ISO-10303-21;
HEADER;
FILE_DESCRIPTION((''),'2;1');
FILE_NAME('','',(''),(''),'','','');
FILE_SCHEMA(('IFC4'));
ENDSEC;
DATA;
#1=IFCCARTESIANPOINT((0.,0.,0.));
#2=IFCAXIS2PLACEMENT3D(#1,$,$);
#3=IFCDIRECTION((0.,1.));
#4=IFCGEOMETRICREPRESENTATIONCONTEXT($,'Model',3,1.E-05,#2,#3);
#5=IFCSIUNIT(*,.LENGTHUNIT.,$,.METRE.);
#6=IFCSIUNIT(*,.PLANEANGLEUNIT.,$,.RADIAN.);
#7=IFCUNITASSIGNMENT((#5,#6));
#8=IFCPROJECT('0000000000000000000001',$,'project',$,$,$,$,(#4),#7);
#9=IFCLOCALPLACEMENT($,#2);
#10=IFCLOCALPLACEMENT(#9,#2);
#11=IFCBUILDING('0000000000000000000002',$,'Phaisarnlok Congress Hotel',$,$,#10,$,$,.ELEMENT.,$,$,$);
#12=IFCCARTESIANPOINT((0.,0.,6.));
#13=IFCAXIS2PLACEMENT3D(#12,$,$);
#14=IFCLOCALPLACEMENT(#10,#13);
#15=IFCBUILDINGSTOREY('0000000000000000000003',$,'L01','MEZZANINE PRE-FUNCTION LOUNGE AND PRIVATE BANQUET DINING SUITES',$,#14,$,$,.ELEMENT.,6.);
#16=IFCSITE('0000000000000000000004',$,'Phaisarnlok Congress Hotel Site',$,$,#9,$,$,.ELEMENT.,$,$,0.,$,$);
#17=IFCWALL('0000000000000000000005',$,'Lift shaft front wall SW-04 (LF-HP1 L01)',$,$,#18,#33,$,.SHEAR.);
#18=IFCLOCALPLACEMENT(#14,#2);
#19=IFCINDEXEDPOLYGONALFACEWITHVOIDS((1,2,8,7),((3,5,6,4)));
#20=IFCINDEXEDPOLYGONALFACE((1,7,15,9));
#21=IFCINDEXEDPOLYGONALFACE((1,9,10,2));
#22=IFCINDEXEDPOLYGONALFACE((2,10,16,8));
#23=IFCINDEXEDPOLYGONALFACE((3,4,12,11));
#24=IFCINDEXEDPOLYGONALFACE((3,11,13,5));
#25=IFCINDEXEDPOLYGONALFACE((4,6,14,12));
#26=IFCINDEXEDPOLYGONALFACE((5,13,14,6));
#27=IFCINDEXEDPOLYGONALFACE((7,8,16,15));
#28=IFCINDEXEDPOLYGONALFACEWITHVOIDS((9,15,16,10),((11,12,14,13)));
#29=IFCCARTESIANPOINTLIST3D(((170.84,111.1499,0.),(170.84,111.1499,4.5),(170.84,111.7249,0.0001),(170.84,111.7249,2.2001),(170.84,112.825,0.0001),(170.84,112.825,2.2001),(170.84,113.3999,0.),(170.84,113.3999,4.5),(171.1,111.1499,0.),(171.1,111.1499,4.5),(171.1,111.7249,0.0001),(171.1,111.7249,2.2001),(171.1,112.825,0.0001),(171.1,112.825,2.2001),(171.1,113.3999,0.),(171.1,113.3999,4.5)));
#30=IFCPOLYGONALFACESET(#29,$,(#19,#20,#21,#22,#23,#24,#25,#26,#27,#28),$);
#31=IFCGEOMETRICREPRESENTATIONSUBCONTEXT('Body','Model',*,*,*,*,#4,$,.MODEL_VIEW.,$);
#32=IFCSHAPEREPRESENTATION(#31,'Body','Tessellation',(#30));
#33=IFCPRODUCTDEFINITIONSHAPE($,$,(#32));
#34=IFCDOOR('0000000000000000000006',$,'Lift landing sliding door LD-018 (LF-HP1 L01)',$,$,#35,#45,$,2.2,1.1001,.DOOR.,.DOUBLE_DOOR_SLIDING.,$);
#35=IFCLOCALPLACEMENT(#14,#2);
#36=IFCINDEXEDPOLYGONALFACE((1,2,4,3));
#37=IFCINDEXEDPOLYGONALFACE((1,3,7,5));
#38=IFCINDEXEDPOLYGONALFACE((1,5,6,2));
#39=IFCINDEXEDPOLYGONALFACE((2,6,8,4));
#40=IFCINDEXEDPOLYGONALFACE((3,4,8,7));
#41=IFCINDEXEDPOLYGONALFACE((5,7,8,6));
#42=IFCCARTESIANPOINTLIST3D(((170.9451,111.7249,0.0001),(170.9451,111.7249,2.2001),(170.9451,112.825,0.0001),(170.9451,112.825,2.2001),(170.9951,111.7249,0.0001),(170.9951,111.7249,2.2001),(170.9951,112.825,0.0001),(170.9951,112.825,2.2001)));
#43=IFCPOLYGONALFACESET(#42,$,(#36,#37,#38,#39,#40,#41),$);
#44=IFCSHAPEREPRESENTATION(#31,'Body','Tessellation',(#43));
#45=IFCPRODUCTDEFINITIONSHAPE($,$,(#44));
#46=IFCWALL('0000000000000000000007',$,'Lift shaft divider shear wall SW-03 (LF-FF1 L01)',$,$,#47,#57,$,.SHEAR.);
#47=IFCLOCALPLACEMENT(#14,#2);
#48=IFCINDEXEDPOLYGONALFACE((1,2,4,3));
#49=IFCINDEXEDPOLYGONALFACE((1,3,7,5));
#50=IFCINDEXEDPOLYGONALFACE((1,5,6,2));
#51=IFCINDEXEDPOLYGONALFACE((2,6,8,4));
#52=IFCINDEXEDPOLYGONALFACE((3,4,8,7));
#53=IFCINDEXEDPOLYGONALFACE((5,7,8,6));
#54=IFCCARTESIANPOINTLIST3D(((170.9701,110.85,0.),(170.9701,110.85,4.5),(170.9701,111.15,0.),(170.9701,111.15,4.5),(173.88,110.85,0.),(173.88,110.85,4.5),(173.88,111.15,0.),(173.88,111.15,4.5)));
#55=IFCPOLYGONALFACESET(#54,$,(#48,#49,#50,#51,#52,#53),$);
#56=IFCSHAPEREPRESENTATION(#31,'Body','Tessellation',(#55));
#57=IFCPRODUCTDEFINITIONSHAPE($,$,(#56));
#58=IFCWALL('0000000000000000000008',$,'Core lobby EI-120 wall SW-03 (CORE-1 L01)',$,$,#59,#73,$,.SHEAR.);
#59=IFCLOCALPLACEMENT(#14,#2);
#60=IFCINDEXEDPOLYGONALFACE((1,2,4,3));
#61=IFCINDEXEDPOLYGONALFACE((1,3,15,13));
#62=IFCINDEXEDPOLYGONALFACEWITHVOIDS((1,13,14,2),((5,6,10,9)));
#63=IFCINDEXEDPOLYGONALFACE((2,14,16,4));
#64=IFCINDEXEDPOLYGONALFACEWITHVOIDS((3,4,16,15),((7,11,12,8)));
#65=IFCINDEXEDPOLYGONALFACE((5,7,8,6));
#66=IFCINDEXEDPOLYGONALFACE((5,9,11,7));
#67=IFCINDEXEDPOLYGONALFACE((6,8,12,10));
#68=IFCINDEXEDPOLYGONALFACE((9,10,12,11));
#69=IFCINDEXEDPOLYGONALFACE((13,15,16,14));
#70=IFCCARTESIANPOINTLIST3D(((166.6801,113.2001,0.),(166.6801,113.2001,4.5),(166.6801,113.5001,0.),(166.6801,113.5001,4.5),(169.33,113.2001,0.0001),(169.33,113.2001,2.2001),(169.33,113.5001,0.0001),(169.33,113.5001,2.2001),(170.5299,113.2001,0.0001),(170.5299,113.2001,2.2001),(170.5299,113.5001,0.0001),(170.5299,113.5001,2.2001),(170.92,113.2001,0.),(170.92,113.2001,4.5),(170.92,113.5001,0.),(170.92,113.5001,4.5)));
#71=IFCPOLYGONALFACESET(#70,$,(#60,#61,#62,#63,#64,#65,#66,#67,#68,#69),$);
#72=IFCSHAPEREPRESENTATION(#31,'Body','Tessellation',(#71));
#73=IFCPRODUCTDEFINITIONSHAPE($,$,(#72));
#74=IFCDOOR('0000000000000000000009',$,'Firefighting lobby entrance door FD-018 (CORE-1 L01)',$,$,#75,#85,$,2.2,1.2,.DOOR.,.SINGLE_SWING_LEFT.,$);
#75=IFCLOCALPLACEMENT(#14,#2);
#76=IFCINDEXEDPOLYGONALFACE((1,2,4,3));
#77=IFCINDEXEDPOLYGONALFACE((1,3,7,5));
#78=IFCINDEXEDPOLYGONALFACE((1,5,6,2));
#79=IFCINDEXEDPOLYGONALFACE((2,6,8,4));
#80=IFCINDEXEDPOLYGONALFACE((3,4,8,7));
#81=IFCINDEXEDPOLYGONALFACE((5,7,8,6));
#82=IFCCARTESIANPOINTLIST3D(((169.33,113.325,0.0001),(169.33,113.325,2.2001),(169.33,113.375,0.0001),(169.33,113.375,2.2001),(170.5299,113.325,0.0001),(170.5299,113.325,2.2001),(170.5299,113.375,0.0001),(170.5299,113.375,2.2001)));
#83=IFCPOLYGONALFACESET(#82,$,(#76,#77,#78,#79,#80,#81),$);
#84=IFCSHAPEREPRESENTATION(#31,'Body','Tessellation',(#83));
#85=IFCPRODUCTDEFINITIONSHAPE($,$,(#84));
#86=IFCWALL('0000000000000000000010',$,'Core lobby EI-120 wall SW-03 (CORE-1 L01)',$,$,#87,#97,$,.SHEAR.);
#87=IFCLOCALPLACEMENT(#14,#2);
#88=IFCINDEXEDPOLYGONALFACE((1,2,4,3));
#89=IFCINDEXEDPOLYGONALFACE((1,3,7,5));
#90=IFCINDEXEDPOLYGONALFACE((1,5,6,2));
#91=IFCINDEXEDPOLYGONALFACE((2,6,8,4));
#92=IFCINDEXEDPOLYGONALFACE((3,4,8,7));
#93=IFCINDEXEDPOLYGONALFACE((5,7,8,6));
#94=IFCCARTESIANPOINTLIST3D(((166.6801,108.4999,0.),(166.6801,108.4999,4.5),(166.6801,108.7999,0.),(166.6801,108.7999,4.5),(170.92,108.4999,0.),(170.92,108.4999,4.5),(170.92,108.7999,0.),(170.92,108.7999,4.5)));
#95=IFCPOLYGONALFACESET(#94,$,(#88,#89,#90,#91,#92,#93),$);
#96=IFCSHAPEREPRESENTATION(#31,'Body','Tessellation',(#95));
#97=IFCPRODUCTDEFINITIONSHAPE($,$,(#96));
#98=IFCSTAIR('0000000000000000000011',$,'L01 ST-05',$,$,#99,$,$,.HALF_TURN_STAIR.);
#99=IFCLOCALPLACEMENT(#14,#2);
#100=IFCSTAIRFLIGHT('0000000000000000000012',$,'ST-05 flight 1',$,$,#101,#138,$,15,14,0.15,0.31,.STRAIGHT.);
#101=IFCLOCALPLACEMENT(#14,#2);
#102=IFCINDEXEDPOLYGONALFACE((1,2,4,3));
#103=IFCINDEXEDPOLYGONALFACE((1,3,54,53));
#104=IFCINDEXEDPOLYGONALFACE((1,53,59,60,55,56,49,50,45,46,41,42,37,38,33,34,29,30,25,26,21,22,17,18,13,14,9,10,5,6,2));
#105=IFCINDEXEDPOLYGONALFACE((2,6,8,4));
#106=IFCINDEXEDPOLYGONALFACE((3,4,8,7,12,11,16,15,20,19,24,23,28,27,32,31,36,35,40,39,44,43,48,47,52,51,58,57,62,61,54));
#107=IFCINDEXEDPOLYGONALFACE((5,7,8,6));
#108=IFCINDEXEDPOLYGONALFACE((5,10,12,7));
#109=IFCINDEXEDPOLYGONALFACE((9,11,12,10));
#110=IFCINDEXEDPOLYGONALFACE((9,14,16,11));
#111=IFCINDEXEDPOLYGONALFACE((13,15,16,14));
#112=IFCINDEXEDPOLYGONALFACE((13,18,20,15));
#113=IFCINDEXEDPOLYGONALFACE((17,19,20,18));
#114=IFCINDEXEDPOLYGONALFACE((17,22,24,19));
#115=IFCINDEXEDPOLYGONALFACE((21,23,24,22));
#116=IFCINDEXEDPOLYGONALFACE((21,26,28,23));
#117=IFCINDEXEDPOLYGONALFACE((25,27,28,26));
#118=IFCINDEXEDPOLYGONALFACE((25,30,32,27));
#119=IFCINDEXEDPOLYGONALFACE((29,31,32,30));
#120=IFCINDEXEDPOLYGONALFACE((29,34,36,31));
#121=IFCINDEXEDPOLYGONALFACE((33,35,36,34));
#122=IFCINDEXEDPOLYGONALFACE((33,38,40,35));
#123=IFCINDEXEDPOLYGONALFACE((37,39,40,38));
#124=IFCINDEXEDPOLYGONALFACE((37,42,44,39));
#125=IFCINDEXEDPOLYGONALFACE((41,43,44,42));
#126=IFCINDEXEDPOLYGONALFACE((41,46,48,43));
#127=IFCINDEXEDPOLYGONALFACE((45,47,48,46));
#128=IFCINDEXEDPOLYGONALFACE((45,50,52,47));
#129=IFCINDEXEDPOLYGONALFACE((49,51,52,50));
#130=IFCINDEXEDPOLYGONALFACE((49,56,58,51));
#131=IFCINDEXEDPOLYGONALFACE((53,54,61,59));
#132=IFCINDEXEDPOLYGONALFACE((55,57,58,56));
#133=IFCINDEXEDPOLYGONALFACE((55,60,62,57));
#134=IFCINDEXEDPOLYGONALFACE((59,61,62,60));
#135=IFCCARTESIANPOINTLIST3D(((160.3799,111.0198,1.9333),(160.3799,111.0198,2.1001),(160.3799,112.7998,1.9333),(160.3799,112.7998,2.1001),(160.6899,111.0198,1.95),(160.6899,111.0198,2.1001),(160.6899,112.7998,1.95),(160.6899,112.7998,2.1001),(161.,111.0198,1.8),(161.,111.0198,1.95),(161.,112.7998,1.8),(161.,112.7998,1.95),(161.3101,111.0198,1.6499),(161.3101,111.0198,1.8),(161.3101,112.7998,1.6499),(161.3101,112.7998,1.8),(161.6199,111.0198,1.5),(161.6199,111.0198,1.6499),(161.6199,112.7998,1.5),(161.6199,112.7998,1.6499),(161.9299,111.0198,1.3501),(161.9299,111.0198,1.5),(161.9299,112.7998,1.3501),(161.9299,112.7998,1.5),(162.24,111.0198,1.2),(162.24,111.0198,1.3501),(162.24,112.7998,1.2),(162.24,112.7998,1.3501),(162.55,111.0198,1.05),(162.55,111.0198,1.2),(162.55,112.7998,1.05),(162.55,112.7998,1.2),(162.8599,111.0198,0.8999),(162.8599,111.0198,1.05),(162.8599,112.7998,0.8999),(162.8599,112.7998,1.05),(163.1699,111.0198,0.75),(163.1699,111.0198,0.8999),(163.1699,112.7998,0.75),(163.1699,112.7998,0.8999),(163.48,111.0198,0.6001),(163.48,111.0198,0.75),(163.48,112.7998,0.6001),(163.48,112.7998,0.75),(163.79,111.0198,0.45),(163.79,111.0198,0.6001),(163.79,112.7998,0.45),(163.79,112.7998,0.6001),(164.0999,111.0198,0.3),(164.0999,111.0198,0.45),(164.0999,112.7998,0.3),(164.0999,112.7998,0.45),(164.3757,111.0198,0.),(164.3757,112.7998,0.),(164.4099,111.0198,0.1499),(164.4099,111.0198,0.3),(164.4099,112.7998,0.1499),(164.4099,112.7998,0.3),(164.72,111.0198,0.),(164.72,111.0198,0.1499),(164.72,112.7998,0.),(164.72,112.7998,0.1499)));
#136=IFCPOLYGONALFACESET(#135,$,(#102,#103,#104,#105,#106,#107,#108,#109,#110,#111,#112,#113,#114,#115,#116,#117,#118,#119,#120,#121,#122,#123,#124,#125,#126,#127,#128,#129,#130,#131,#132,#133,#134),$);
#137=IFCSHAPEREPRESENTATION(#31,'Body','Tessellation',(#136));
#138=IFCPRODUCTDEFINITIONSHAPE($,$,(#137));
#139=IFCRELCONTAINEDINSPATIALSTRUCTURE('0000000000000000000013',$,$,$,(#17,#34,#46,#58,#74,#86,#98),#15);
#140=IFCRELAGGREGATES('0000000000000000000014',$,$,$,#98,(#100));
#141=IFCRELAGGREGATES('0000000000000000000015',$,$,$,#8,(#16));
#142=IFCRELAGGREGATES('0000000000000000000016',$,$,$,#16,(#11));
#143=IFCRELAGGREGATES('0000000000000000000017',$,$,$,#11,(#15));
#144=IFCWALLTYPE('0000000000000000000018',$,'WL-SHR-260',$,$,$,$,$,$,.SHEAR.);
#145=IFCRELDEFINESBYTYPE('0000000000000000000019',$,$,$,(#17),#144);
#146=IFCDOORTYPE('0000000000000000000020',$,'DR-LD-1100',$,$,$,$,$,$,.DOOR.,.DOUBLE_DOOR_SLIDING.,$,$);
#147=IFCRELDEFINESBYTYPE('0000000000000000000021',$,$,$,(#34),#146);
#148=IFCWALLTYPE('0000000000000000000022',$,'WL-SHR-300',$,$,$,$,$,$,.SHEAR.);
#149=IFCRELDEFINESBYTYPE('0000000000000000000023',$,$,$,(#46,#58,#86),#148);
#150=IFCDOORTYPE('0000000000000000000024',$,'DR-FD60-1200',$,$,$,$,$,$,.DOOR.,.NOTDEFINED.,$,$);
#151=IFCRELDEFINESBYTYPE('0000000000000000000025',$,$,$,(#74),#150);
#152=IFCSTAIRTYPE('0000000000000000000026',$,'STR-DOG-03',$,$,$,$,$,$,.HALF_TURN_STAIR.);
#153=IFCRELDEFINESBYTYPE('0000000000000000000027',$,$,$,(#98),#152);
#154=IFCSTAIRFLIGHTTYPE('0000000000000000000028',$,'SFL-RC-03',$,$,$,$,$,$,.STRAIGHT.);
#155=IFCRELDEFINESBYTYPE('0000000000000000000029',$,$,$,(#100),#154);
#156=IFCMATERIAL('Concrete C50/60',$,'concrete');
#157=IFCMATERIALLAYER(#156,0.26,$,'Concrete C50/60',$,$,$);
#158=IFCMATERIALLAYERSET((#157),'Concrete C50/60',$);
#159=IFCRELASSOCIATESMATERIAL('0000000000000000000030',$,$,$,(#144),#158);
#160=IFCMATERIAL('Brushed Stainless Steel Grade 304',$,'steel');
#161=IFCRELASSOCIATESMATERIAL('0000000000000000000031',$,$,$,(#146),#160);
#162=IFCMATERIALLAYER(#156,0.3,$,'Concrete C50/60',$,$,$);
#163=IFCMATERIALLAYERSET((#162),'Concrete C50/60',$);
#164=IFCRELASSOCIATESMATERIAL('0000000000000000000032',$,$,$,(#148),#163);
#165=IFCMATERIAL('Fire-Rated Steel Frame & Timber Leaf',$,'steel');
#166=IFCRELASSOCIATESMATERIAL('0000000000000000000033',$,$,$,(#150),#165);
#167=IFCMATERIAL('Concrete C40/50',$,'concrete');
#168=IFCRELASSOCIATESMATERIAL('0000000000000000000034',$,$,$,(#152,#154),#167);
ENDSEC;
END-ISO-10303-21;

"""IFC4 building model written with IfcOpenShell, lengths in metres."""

from ifc_helpers import new_model, si_unit, direction, frame, frame_2d, origin, place, context, subcontext, project, spatial, polyline, rectangle, outline, extrude, material, layer, layer_set, type_object, element, fill, aggregate, save


model = new_model("IFC4")

# Units and contexts
model_context = context("Model", 3, precision=1e-05, world=origin(), true_north=direction((0.0, 1.0)))
body_context = subcontext(model_context, "Body", "Model", "MODEL_VIEW")
ifc_project = project(units=[si_unit("LENGTHUNIT", "METRE"), si_unit("PLANEANGLEUNIT", "RADIAN")], contexts=[model_context])

# Site, building, storey
site_placement = place(None, origin())
site = spatial("IfcSite", under=ifc_project, at=site_placement, Name="Phaisarnlok Congress Hotel Site", CompositionType="ELEMENT", RefElevation=0.0)
building_placement = place(site_placement, origin())
building = spatial("IfcBuilding", under=site, at=building_placement, Name="Phaisarnlok Congress Hotel", CompositionType="ELEMENT")
storey_placement = place(building_placement, frame((0.0, 0.0, 6.0)))
storey = spatial("IfcBuildingStorey", under=building, at=storey_placement, Name="L01", Description="MEZZANINE PRE-FUNCTION LOUNGE AND PRIVATE BANQUET DINING SUITES", CompositionType="ELEMENT", Elevation=6.0)

# Shared definitions
ifc_material_1 = material(Name="Concrete C50/60", Category="concrete")

# Shared definitions
ifc_material_2 = material(Name="Concrete C40/50", Category="concrete")

# Shared definitions
ifc_layer_1 = layer(ifc_material_1, 0.26, Name="Concrete C50/60")
ifc_layer_set_1 = layer_set([ifc_layer_1], Name="Concrete C50/60")
wall_type_1 = type_object("IfcWallType", Name="WL-SHR-260", PredefinedType="SHEAR", material=ifc_layer_set_1)
ifc_material_3 = material(Name="Fire-Rated Steel Frame & Timber Leaf", Category="steel")

# Shared definitions
ifc_material_4 = material(Name="Brushed Stainless Steel Grade 304", Category="steel")
door_type_1 = type_object("IfcDoorType", Name="DR-LD-1100", OperationType="DOUBLE_DOOR_SLIDING", PredefinedType="DOOR", material=ifc_material_4)

# Wall, opening, door
wall_1_placement = place(storey_placement, frame((170.97, 111.1499, 0.0), z_axis=(0.0, 0.0, 1.0), x_axis=(0.0, 1.0, 0.0)))
wall_1 = element("IfcWall", 1, at=wall_1_placement, inside=storey, type_object=wall_type_1, Name="Lift shaft front wall SW-04 (LF-HP1 L01)", PredefinedType="SHEAR", context=body_context, shape_type="SweptSolid", body=[
    extrude(rectangle(XDim=2.25, YDim=0.26, at=frame_2d((1.125, 0.0))), origin(), (0.0, 0.0, 1.0), 4.5),
])
opening_1_placement = place(wall_1_placement, frame((0.575, 0.0, 0.0)))
opening_1 = element("IfcOpeningElement", 2, at=opening_1_placement, cuts=wall_1, PredefinedType="OPENING", context=body_context, shape_type="SweptSolid", body=[
    extrude(rectangle(XDim=1.1001, YDim=2.2, at=frame_2d((0.55, 1.1001))), frame((0.0, 0.1401, 0.0), z_axis=(0.0, -1.0, 0.0), x_axis=(1.0, 0.0, 0.0)), (0.0, 0.0, 1.0), 0.28),
])
door_1_placement = place(opening_1_placement, origin())
door_1 = element("IfcDoor", 3, at=door_1_placement, inside=storey, type_object=door_type_1, Name="Lift landing sliding door LD-018 (LF-HP1 L01)", OperationType="DOUBLE_DOOR_SLIDING", OverallHeight=2.2, OverallWidth=1.1001, PredefinedType="DOOR", context=body_context, shape_type="SweptSolid", body=[
    extrude(rectangle(XDim=1.1001, YDim=2.2, at=frame_2d((0.55, 1.1001))), frame((0.0, 0.0249, 0.0), z_axis=(0.0, -1.0, 0.0), x_axis=(1.0, 0.0, 0.0)), (0.0, 0.0, 1.0), 0.05),
])
fill(opening_1, door_1)

# Wall
ifc_layer_2 = layer(ifc_material_1, 0.3, Name="Concrete C50/60")
ifc_layer_set_2 = layer_set([ifc_layer_2], Name="Concrete C50/60")
wall_type_2 = type_object("IfcWallType", Name="WL-SHR-300", PredefinedType="SHEAR", material=ifc_layer_set_2)
wall_2_placement = place(storey_placement, frame((170.97, 111.0, 0.0), z_axis=(0.0, 0.0, 1.0), x_axis=(1.0, 0.0, 0.0)))
element("IfcWall", 4, at=wall_2_placement, inside=storey, type_object=wall_type_2, Name="Lift shaft divider shear wall SW-03 (LF-FF1 L01)", PredefinedType="SHEAR", context=body_context, shape_type="SweptSolid", body=[
    extrude(rectangle(XDim=2.9099, YDim=0.3, at=frame_2d((1.4551, 0.0))), origin(), (0.0, 0.0, 1.0), 4.5),
])

# Wall, opening, door
wall_3_placement = place(storey_placement, frame((166.6799, 113.3501, 0.0), z_axis=(0.0, 0.0, 1.0), x_axis=(1.0, 0.0, 0.0)))
wall_3 = element("IfcWall", 5, at=wall_3_placement, inside=storey, type_object=wall_type_2, Name="Core lobby EI-120 wall SW-03 (CORE-1 L01)", PredefinedType="SHEAR", context=body_context, shape_type="SweptSolid", body=[
    extrude(rectangle(XDim=4.24, YDim=0.3, at=frame_2d((2.1201, 0.0))), origin(), (0.0, 0.0, 1.0), 4.5),
])
opening_2_placement = place(wall_3_placement, frame((2.6499, 0.0, 0.0)))
opening_2 = element("IfcOpeningElement", 6, at=opening_2_placement, cuts=wall_3, PredefinedType="OPENING", context=body_context, shape_type="SweptSolid", body=[
    extrude(rectangle(XDim=1.2, YDim=2.2, at=frame_2d((0.6001, 1.1001))), frame((0.0, 0.1602, 0.0), z_axis=(0.0, -1.0, 0.0), x_axis=(1.0, 0.0, 0.0)), (0.0, 0.0, 1.0), 0.3201),
])
door_type_2 = type_object("IfcDoorType", Name="DR-FD60-1200", OperationType="NOTDEFINED", PredefinedType="DOOR", material=ifc_material_3)
door_2_placement = place(opening_2_placement, origin())
door_2 = element("IfcDoor", 7, at=door_2_placement, inside=storey, type_object=door_type_2, Name="Firefighting lobby entrance door FD-018 (CORE-1 L01)", OperationType="SINGLE_SWING_LEFT", OverallHeight=2.2, OverallWidth=1.2, PredefinedType="DOOR", context=body_context, shape_type="SweptSolid", body=[
    extrude(rectangle(XDim=1.2, YDim=2.2, at=frame_2d((0.6001, 1.1001))), frame((0.0, 0.0249, 0.0), z_axis=(0.0, -1.0, 0.0), x_axis=(1.0, 0.0, 0.0)), (0.0, 0.0, 1.0), 0.05),
])
fill(opening_2, door_2)

# Wall
wall_4_placement = place(storey_placement, frame((166.6799, 108.6499, 0.0), z_axis=(0.0, 0.0, 1.0), x_axis=(1.0, 0.0, 0.0)))
element("IfcWall", 8, at=wall_4_placement, inside=storey, type_object=wall_type_2, Name="Core lobby EI-120 wall SW-03 (CORE-1 L01)", PredefinedType="SHEAR", context=body_context, shape_type="SweptSolid", body=[
    extrude(rectangle(XDim=4.24, YDim=0.3, at=frame_2d((2.1201, 0.0))), origin(), (0.0, 0.0, 1.0), 4.5),
])

# Stair, stair flight
stair_type = type_object("IfcStairType", Name="STR-DOG-03", PredefinedType="HALF_TURN_STAIR", material=ifc_material_2)
stair_placement = place(storey_placement, origin())
stair = element("IfcStair", 9, at=stair_placement, inside=storey, type_object=stair_type, Name="L01 ST-05", PredefinedType="HALF_TURN_STAIR")
stair_flight_type = type_object("IfcStairFlightType", Name="SFL-RC-03", PredefinedType="STRAIGHT", material=ifc_material_2)
stair_flight_placement = place(storey_placement, frame((164.72, 111.9099, 0.0), z_axis=(0.0, 0.0, 1.0), x_axis=(-1.0, 0.0, 0.0)))
stair_flight = element("IfcStairFlight", 10, at=stair_flight_placement, type_object=stair_flight_type, Name="ST-05 flight 1", NumberOfRisers=15, NumberOfTreads=14, PredefinedType="STRAIGHT", RiserHeight=0.15, TreadLength=0.31, context=body_context, shape_type="SweptSolid", body=[
    extrude(outline(polyline([(0.0, 0.0), (0.0, 0.1499), (0.3101, 0.1499), (0.3101, 0.3), (0.6201, 0.3), (0.6201, 0.45), (0.9299, 0.45), (0.9299, 0.6001), (1.24, 0.6001), (1.24, 0.75), (1.55, 0.75), (1.55, 0.8999), (1.8601, 0.8999), (1.8601, 1.05), (2.1699, 1.05), (2.1699, 1.2), (2.48, 1.2), (2.48, 1.3501), (2.79, 1.3501), (2.79, 1.5), (3.1001, 1.5), (3.1001, 1.6499), (3.4099, 1.6499), (3.4099, 1.8), (3.72, 1.8), (3.72, 1.95), (4.03, 1.95), (4.03, 2.1001), (4.3401, 2.1001), (4.3401, 2.25), (4.3401, 1.9333), (0.3442, 0.0), (0.0, 0.0)])), frame((0.0, 0.8901, 0.0), z_axis=(0.0, -1.0, 0.0), x_axis=(1.0, 0.0, 0.0)), (0.0, 0.0, 1.0), 1.78),
])
aggregate(stair, [stair_flight])

save(model, "model.ifc")
